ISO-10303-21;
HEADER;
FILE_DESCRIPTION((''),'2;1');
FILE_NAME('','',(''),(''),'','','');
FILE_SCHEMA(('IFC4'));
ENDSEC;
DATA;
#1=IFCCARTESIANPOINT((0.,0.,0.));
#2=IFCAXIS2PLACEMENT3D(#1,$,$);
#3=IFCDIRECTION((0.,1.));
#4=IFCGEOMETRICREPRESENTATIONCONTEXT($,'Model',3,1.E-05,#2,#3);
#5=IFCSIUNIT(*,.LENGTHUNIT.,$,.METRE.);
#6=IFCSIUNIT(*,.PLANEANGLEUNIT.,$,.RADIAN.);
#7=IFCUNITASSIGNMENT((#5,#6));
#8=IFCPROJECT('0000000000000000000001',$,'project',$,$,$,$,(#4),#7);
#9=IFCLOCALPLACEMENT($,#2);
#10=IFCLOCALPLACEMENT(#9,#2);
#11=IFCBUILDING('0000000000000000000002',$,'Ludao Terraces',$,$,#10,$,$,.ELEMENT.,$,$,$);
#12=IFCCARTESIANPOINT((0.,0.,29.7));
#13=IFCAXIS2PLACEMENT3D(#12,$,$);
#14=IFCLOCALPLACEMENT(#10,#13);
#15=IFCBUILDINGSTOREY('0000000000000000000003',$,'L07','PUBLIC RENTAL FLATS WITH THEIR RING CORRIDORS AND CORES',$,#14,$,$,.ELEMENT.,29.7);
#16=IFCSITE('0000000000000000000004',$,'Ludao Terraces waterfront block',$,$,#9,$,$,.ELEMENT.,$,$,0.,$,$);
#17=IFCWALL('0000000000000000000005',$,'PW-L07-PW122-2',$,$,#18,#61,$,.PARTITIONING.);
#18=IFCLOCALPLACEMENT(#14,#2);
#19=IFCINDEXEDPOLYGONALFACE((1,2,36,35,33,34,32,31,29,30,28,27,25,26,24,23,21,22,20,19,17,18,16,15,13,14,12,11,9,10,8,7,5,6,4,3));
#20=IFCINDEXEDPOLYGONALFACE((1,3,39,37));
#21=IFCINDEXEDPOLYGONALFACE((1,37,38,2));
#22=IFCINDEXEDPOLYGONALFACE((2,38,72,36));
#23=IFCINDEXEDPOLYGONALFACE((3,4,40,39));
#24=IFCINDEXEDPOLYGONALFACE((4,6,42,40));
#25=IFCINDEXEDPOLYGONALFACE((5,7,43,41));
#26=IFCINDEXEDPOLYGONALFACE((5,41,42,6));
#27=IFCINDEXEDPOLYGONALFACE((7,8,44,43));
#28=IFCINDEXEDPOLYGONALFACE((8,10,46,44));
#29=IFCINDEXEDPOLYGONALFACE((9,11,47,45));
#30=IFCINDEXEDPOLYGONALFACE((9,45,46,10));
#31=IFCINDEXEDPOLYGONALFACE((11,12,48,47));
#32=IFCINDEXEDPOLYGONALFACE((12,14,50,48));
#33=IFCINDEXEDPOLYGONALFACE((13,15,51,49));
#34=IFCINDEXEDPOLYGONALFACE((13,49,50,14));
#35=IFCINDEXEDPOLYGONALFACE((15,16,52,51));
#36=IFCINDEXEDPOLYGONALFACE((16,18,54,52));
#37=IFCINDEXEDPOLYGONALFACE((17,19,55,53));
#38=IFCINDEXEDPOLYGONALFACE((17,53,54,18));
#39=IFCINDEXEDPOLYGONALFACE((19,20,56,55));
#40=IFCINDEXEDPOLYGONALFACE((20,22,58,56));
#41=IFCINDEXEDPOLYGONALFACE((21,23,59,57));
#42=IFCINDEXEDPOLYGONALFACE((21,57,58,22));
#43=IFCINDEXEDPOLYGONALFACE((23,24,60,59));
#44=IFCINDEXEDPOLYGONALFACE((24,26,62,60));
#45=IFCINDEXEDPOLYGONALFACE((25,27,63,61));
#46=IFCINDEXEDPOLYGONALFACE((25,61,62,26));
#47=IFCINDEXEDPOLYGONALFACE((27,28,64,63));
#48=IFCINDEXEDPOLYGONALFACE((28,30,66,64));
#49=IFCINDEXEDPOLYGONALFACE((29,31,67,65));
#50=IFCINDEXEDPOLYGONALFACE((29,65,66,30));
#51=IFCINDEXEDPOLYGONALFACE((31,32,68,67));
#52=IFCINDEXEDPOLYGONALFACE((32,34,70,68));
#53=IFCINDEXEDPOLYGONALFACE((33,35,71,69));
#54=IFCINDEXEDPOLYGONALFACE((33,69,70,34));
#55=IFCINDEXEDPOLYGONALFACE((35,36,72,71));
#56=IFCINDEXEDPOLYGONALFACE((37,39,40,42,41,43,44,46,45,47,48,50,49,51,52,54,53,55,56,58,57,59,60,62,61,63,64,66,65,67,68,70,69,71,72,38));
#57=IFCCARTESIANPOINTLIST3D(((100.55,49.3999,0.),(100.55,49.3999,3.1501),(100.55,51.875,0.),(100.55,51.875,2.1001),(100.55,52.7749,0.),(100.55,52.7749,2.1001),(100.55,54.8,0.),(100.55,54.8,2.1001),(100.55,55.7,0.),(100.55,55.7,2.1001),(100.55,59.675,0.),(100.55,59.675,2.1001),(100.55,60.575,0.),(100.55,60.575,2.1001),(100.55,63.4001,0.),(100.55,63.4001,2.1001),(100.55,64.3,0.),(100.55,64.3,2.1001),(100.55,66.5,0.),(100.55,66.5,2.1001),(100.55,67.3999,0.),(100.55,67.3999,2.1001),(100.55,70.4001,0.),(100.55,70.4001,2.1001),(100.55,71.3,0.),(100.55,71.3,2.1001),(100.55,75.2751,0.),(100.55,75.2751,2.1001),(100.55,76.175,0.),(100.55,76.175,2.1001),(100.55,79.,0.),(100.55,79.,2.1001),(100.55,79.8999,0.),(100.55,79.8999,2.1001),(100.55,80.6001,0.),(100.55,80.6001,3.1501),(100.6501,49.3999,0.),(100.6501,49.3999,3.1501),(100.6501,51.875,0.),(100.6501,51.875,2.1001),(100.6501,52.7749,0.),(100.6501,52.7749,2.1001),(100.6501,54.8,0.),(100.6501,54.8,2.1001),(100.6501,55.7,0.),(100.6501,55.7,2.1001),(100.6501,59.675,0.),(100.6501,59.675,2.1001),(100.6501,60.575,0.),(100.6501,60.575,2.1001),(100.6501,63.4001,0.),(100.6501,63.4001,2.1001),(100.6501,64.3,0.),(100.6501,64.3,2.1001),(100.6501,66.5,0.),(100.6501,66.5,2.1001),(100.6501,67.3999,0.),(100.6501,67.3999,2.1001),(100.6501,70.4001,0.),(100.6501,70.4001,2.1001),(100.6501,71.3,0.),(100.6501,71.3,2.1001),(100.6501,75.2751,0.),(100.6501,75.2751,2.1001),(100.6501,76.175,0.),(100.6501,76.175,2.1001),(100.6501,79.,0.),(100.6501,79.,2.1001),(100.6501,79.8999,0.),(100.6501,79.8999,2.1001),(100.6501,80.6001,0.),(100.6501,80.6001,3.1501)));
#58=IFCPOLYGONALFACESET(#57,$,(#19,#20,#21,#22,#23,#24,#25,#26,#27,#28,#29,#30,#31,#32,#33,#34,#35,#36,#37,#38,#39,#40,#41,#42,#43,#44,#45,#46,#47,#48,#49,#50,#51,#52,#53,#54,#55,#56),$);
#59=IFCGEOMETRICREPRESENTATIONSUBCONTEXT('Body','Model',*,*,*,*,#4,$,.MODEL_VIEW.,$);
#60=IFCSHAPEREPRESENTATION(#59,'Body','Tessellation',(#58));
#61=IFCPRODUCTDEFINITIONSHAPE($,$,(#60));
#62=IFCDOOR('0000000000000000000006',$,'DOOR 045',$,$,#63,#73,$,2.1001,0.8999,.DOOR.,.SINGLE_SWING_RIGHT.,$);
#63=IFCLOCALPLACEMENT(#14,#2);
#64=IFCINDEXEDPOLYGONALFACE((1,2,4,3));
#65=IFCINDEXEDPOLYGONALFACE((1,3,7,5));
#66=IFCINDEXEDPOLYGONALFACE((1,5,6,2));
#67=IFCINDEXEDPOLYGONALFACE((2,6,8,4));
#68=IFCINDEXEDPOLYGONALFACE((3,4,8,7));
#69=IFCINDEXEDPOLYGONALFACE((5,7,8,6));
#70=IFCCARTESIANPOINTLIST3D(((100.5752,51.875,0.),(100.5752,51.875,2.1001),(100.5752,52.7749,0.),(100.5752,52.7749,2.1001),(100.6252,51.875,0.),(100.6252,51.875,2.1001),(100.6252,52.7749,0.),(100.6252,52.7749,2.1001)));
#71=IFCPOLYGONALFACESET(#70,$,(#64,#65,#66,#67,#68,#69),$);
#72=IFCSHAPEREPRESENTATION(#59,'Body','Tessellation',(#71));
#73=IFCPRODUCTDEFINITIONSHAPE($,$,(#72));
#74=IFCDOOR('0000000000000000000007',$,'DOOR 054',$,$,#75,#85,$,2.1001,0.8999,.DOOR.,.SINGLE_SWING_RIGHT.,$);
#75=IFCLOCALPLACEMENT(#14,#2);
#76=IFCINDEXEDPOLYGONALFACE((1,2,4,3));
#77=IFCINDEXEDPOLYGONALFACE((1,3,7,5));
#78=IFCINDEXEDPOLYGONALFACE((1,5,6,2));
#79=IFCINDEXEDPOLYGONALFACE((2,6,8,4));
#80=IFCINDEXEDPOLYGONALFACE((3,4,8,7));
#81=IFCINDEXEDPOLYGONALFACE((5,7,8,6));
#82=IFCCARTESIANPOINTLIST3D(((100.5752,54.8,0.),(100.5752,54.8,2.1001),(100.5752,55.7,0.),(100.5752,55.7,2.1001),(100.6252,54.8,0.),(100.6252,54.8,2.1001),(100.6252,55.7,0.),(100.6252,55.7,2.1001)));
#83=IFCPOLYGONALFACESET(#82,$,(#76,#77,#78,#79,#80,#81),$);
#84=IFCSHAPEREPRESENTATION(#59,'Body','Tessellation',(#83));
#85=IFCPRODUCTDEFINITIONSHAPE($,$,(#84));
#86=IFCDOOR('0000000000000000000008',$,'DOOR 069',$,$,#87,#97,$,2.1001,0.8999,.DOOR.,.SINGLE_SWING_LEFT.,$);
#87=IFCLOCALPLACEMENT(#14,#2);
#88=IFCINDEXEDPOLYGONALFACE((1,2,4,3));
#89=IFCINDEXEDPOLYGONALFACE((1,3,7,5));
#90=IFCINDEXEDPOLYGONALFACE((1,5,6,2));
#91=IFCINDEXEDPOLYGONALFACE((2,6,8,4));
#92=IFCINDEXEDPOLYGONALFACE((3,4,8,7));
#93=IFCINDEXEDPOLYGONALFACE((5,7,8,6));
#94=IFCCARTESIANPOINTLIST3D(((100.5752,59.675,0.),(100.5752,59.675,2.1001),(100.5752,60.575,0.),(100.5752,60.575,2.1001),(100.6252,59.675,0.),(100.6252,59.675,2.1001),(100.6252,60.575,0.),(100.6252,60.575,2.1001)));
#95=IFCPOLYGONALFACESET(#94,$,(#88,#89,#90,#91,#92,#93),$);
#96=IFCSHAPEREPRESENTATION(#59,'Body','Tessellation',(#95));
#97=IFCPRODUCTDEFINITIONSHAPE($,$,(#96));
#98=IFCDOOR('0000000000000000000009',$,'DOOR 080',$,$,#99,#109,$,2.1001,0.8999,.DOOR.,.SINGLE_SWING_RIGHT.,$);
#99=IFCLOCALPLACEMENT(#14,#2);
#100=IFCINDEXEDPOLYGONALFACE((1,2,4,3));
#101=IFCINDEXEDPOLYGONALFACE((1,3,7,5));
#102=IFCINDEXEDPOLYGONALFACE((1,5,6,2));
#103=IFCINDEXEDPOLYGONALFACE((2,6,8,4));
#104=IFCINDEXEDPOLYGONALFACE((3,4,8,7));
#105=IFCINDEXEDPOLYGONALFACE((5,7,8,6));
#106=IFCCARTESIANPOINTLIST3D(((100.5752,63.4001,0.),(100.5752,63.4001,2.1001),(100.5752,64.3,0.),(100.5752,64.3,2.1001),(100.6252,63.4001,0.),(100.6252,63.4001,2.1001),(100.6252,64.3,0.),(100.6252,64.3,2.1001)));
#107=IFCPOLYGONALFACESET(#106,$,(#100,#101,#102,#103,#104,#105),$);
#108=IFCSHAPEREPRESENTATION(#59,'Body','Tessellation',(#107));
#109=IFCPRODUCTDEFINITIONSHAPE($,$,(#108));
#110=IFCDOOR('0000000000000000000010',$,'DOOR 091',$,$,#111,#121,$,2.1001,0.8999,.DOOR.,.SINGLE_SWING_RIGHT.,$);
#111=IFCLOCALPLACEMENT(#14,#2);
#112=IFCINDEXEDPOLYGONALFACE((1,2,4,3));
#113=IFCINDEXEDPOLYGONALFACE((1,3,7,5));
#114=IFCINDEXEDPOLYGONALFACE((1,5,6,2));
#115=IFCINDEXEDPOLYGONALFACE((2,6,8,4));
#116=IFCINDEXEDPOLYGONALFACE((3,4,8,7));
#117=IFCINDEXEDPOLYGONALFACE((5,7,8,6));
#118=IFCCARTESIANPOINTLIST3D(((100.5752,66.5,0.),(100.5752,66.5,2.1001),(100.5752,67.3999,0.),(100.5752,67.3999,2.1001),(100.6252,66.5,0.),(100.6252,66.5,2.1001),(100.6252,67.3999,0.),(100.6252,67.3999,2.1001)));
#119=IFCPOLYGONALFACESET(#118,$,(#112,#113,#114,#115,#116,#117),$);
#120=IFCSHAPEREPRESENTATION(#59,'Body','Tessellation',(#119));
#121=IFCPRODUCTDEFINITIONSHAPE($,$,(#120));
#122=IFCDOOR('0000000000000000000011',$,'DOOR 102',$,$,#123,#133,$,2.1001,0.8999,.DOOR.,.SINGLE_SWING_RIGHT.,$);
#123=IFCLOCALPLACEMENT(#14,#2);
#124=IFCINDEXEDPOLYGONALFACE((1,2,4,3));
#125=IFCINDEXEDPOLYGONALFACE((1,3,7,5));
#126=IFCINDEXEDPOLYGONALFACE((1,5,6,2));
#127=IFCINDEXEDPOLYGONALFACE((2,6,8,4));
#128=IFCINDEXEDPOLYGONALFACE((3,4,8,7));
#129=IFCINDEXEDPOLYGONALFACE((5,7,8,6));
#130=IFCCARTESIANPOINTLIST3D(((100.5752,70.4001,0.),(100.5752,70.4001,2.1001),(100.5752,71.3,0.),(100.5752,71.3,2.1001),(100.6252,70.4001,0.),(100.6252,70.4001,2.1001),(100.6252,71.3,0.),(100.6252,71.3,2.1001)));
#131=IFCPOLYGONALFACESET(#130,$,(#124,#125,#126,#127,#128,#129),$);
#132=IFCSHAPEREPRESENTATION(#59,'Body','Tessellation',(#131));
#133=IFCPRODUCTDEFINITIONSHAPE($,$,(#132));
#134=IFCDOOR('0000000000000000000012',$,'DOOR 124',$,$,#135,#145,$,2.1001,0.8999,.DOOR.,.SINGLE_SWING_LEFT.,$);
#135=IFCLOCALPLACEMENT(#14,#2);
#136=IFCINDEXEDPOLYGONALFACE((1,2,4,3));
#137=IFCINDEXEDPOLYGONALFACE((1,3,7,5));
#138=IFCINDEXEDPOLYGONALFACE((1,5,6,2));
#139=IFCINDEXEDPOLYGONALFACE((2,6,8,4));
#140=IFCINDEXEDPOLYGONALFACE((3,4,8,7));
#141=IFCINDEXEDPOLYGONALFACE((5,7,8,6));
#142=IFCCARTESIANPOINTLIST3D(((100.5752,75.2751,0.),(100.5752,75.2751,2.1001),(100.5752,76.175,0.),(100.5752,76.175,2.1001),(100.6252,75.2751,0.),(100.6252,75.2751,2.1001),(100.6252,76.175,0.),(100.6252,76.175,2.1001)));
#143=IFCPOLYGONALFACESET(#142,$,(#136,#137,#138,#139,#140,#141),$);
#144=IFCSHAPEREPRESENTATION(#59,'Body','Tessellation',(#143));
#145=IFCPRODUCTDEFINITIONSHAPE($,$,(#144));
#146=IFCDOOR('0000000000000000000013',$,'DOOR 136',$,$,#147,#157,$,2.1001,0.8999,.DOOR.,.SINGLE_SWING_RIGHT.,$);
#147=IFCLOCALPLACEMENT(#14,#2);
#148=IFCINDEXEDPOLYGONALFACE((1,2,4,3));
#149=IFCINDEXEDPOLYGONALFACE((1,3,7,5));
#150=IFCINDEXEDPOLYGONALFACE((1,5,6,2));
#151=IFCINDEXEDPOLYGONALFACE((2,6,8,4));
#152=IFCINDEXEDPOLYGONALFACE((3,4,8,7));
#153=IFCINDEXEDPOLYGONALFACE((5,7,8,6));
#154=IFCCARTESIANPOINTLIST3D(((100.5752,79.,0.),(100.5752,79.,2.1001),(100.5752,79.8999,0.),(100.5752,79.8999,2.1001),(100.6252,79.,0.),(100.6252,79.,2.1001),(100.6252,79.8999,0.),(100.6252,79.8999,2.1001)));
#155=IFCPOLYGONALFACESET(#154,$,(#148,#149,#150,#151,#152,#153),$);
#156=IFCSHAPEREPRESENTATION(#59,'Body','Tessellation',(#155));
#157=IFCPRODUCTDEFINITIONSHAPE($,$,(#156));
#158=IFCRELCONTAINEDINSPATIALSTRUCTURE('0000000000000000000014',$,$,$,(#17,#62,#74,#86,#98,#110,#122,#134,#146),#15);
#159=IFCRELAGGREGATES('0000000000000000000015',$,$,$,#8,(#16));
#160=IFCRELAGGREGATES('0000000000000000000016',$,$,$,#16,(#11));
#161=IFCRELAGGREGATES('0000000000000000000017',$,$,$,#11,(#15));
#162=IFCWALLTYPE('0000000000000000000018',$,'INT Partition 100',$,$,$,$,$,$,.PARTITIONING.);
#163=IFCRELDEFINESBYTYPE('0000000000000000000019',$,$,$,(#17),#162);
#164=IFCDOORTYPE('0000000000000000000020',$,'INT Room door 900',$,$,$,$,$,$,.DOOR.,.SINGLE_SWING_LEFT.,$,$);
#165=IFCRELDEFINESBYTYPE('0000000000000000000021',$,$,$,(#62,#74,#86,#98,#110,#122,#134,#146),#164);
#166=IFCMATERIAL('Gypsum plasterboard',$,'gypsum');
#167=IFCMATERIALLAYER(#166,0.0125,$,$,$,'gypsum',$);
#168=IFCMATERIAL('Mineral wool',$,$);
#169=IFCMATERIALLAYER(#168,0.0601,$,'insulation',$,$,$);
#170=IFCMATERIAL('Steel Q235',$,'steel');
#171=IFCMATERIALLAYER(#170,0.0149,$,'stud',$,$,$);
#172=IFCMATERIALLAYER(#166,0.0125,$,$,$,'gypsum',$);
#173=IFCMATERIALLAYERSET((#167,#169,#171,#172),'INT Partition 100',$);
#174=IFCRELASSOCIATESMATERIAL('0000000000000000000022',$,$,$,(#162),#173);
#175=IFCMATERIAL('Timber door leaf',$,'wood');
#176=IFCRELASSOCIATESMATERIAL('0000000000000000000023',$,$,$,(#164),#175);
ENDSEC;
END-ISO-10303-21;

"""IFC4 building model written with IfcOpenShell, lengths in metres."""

from ifc_helpers import new_model, si_unit, direction, frame, frame_2d, origin, place, context, subcontext, project, spatial, rectangle, extrude, material, layer, layer_set, type_object, element, fill, save


model = new_model("IFC4")

# Units and contexts
model_context = context("Model", 3, precision=1e-05, world=origin(), true_north=direction((0.0, 1.0)))
body_context = subcontext(model_context, "Body", "Model", "MODEL_VIEW")
ifc_project = project(units=[si_unit("LENGTHUNIT", "METRE"), si_unit("PLANEANGLEUNIT", "RADIAN")], contexts=[model_context])

# Site, building, storey
site_placement = place(None, origin())
site = spatial("IfcSite", under=ifc_project, at=site_placement, Name="Ludao Terraces waterfront block", CompositionType="ELEMENT", RefElevation=0.0)
building_placement = place(site_placement, origin())
building = spatial("IfcBuilding", under=site, at=building_placement, Name="Ludao Terraces", CompositionType="ELEMENT")
storey_placement = place(building_placement, frame((0.0, 0.0, 29.7)))
storey = spatial("IfcBuildingStorey", under=building, at=storey_placement, Name="L07", Description="PUBLIC RENTAL FLATS WITH THEIR RING CORRIDORS AND CORES", CompositionType="ELEMENT", Elevation=29.7)

# Shared definitions
ifc_material_1 = material(Name="Gypsum plasterboard", Category="gypsum")
ifc_layer_1 = layer(ifc_material_1, 0.0125, Category="gypsum")
ifc_material_2 = material(Name="Mineral wool")
ifc_layer_2 = layer(ifc_material_2, 0.0601, Name="insulation")
ifc_material_3 = material(Name="Steel Q235", Category="steel")
ifc_layer_3 = layer(ifc_material_3, 0.0149, Name="stud")
ifc_layer_4 = layer(ifc_material_1, 0.0125, Category="gypsum")
ifc_layer_set = layer_set([ifc_layer_1, ifc_layer_2, ifc_layer_3, ifc_layer_4], Name="INT Partition 100")
wall_type = type_object("IfcWallType", Name="INT Partition 100", PredefinedType="PARTITIONING", material=ifc_layer_set)

# Wall, openings, doors
ifc_material_4 = material(Name="Timber door leaf", Category="wood")
door_type_1 = type_object("IfcDoorType", Name="INT Room door 900", OperationType="SINGLE_SWING_LEFT", PredefinedType="DOOR", material=ifc_material_4)
wall_1_placement = place(storey_placement, frame((100.6001, 49.3999, 0.0), z_axis=(0.0, 0.0, 1.0), x_axis=(0.0, 1.0, 0.0)))
wall_1 = element("IfcWall", 1, at=wall_1_placement, inside=storey, type_object=wall_type, Name="PW-L07-PW122-2", PredefinedType="PARTITIONING", context=body_context, shape_type="SweptSolid", body=[
    extrude(rectangle(XDim=31.2002, YDim=0.1001, at=frame_2d((15.6001, 0.0))), origin(), (0.0, 0.0, 1.0), 3.1501),
])
opening_1_placement = place(wall_1_placement, frame((2.4751, 0.0, 0.0)))
opening_1 = element("IfcOpeningElement", 2, at=opening_1_placement, cuts=wall_1, PredefinedType="OPENING", context=body_context, shape_type="SweptSolid", body=[
    extrude(rectangle(XDim=0.8999, YDim=2.1001, at=frame_2d((0.45, 1.05))), frame((0.0, 0.0601, 0.0), z_axis=(0.0, -1.0, 0.0), x_axis=(1.0, 0.0, 0.0)), (0.0, 0.0, 1.0), 0.1201),
])
opening_2_placement = place(wall_1_placement, frame((5.4001, 0.0, 0.0)))
opening_2 = element("IfcOpeningElement", 3, at=opening_2_placement, cuts=wall_1, PredefinedType="OPENING", context=body_context, shape_type="SweptSolid", body=[
    extrude(rectangle(XDim=0.8999, YDim=2.1001, at=frame_2d((0.45, 1.05))), frame((0.0, 0.0601, 0.0), z_axis=(0.0, -1.0, 0.0), x_axis=(1.0, 0.0, 0.0)), (0.0, 0.0, 1.0), 0.1201),
])
opening_3_placement = place(wall_1_placement, frame((10.2751, 0.0, 0.0)))
opening_3 = element("IfcOpeningElement", 4, at=opening_3_placement, cuts=wall_1, PredefinedType="OPENING", context=body_context, shape_type="SweptSolid", body=[
    extrude(rectangle(XDim=0.8999, YDim=2.1001, at=frame_2d((0.45, 1.05))), frame((0.0, 0.0601, 0.0), z_axis=(0.0, -1.0, 0.0), x_axis=(1.0, 0.0, 0.0)), (0.0, 0.0, 1.0), 0.1201),
])
opening_4_placement = place(wall_1_placement, frame((14.0002, 0.0, 0.0)))
opening_4 = element("IfcOpeningElement", 5, at=opening_4_placement, cuts=wall_1, PredefinedType="OPENING", context=body_context, shape_type="SweptSolid", body=[
    extrude(rectangle(XDim=0.8999, YDim=2.1001, at=frame_2d((0.45, 1.05))), frame((0.0, 0.0601, 0.0), z_axis=(0.0, -1.0, 0.0), x_axis=(1.0, 0.0, 0.0)), (0.0, 0.0, 1.0), 0.1201),
])
opening_5_placement = place(wall_1_placement, frame((17.1001, 0.0, 0.0)))
opening_5 = element("IfcOpeningElement", 6, at=opening_5_placement, cuts=wall_1, PredefinedType="OPENING", context=body_context, shape_type="SweptSolid", body=[
    extrude(rectangle(XDim=0.8999, YDim=2.1001, at=frame_2d((0.45, 1.05))), frame((0.0, 0.0601, 0.0), z_axis=(0.0, -1.0, 0.0), x_axis=(1.0, 0.0, 0.0)), (0.0, 0.0, 1.0), 0.1201),
])
opening_6_placement = place(wall_1_placement, frame((21.0002, 0.0, 0.0)))
opening_6 = element("IfcOpeningElement", 7, at=opening_6_placement, cuts=wall_1, PredefinedType="OPENING", context=body_context, shape_type="SweptSolid", body=[
    extrude(rectangle(XDim=0.8999, YDim=2.1001, at=frame_2d((0.45, 1.05))), frame((0.0, 0.0601, 0.0), z_axis=(0.0, -1.0, 0.0), x_axis=(1.0, 0.0, 0.0)), (0.0, 0.0, 1.0), 0.1201),
])
opening_7_placement = place(wall_1_placement, frame((25.8752, 0.0, 0.0)))
opening_7 = element("IfcOpeningElement", 8, at=opening_7_placement, cuts=wall_1, PredefinedType="OPENING", context=body_context, shape_type="SweptSolid", body=[
    extrude(rectangle(XDim=0.8999, YDim=2.1001, at=frame_2d((0.45, 1.05))), frame((0.0, 0.0601, 0.0), z_axis=(0.0, -1.0, 0.0), x_axis=(1.0, 0.0, 0.0)), (0.0, 0.0, 1.0), 0.1201),
])
opening_8_placement = place(wall_1_placement, frame((29.6001, 0.0, 0.0)))
opening_8 = element("IfcOpeningElement", 9, at=opening_8_placement, cuts=wall_1, PredefinedType="OPENING", context=body_context, shape_type="SweptSolid", body=[
    extrude(rectangle(XDim=0.8999, YDim=2.1001, at=frame_2d((0.45, 1.05))), frame((0.0, 0.0601, 0.0), z_axis=(0.0, -1.0, 0.0), x_axis=(1.0, 0.0, 0.0)), (0.0, 0.0, 1.0), 0.1201),
])
door_1_placement = place(opening_1_placement, origin())
door_1 = element("IfcDoor", 10, at=door_1_placement, inside=storey, type_object=door_type_1, Name="DOOR 045", OperationType="SINGLE_SWING_RIGHT", OverallHeight=2.1001, OverallWidth=0.8999, PredefinedType="DOOR", context=body_context, shape_type="SweptSolid", body=[
    extrude(rectangle(XDim=0.8999, YDim=2.1001, at=frame_2d((0.45, 1.05))), frame((0.0, 0.0249, 0.0), z_axis=(0.0, -1.0, 0.0), x_axis=(1.0, 0.0, 0.0)), (0.0, 0.0, 1.0), 0.05),
])
fill(opening_1, door_1)
door_2_placement = place(opening_2_placement, origin())
door_2 = element("IfcDoor", 11, at=door_2_placement, inside=storey, type_object=door_type_1, Name="DOOR 054", OperationType="SINGLE_SWING_RIGHT", OverallHeight=2.1001, OverallWidth=0.8999, PredefinedType="DOOR", context=body_context, shape_type="SweptSolid", body=[
    extrude(rectangle(XDim=0.8999, YDim=2.1001, at=frame_2d((0.45, 1.05))), frame((0.0, 0.0249, 0.0), z_axis=(0.0, -1.0, 0.0), x_axis=(1.0, 0.0, 0.0)), (0.0, 0.0, 1.0), 0.05),
])
fill(opening_2, door_2)
door_3_placement = place(opening_3_placement, origin())
door_3 = element("IfcDoor", 12, at=door_3_placement, inside=storey, type_object=door_type_1, Name="DOOR 069", OperationType="SINGLE_SWING_LEFT", OverallHeight=2.1001, OverallWidth=0.8999, PredefinedType="DOOR", context=body_context, shape_type="SweptSolid", body=[
    extrude(rectangle(XDim=0.8999, YDim=2.1001, at=frame_2d((0.45, 1.05))), frame((0.0, 0.0249, 0.0), z_axis=(0.0, -1.0, 0.0), x_axis=(1.0, 0.0, 0.0)), (0.0, 0.0, 1.0), 0.05),
])
fill(opening_3, door_3)
door_4_placement = place(opening_4_placement, origin())
door_4 = element("IfcDoor", 13, at=door_4_placement, inside=storey, type_object=door_type_1, Name="DOOR 080", OperationType="SINGLE_SWING_RIGHT", OverallHeight=2.1001, OverallWidth=0.8999, PredefinedType="DOOR", context=body_context, shape_type="SweptSolid", body=[
    extrude(rectangle(XDim=0.8999, YDim=2.1001, at=frame_2d((0.45, 1.05))), frame((0.0, 0.0249, 0.0), z_axis=(0.0, -1.0, 0.0), x_axis=(1.0, 0.0, 0.0)), (0.0, 0.0, 1.0), 0.05),
])
fill(opening_4, door_4)
door_5_placement = place(opening_5_placement, origin())
door_5 = element("IfcDoor", 14, at=door_5_placement, inside=storey, type_object=door_type_1, Name="DOOR 091", OperationType="SINGLE_SWING_RIGHT", OverallHeight=2.1001, OverallWidth=0.8999, PredefinedType="DOOR", context=body_context, shape_type="SweptSolid", body=[
    extrude(rectangle(XDim=0.8999, YDim=2.1001, at=frame_2d((0.45, 1.05))), frame((0.0, 0.0249, 0.0), z_axis=(0.0, -1.0, 0.0), x_axis=(1.0, 0.0, 0.0)), (0.0, 0.0, 1.0), 0.05),
])
fill(opening_5, door_5)
door_6_placement = place(opening_6_placement, origin())
door_6 = element("IfcDoor", 15, at=door_6_placement, inside=storey, type_object=door_type_1, Name="DOOR 102", OperationType="SINGLE_SWING_RIGHT", OverallHeight=2.1001, OverallWidth=0.8999, PredefinedType="DOOR", context=body_context, shape_type="SweptSolid", body=[
    extrude(rectangle(XDim=0.8999, YDim=2.1001, at=frame_2d((0.45, 1.05))), frame((0.0, 0.0249, 0.0), z_axis=(0.0, -1.0, 0.0), x_axis=(1.0, 0.0, 0.0)), (0.0, 0.0, 1.0), 0.05),
])
fill(opening_6, door_6)
door_7_placement = place(opening_7_placement, origin())
door_7 = element("IfcDoor", 16, at=door_7_placement, inside=storey, type_object=door_type_1, Name="DOOR 124", OperationType="SINGLE_SWING_LEFT", OverallHeight=2.1001, OverallWidth=0.8999, PredefinedType="DOOR", context=body_context, shape_type="SweptSolid", body=[
    extrude(rectangle(XDim=0.8999, YDim=2.1001, at=frame_2d((0.45, 1.05))), frame((0.0, 0.0249, 0.0), z_axis=(0.0, -1.0, 0.0), x_axis=(1.0, 0.0, 0.0)), (0.0, 0.0, 1.0), 0.05),
])
fill(opening_7, door_7)
door_8_placement = place(opening_8_placement, origin())
door_8 = element("IfcDoor", 17, at=door_8_placement, inside=storey, type_object=door_type_1, Name="DOOR 136", OperationType="SINGLE_SWING_RIGHT", OverallHeight=2.1001, OverallWidth=0.8999, PredefinedType="DOOR", context=body_context, shape_type="SweptSolid", body=[
    extrude(rectangle(XDim=0.8999, YDim=2.1001, at=frame_2d((0.45, 1.05))), frame((0.0, 0.0249, 0.0), z_axis=(0.0, -1.0, 0.0), x_axis=(1.0, 0.0, 0.0)), (0.0, 0.0, 1.0), 0.05),
])
fill(opening_8, door_8)

save(model, "model.ifc")
